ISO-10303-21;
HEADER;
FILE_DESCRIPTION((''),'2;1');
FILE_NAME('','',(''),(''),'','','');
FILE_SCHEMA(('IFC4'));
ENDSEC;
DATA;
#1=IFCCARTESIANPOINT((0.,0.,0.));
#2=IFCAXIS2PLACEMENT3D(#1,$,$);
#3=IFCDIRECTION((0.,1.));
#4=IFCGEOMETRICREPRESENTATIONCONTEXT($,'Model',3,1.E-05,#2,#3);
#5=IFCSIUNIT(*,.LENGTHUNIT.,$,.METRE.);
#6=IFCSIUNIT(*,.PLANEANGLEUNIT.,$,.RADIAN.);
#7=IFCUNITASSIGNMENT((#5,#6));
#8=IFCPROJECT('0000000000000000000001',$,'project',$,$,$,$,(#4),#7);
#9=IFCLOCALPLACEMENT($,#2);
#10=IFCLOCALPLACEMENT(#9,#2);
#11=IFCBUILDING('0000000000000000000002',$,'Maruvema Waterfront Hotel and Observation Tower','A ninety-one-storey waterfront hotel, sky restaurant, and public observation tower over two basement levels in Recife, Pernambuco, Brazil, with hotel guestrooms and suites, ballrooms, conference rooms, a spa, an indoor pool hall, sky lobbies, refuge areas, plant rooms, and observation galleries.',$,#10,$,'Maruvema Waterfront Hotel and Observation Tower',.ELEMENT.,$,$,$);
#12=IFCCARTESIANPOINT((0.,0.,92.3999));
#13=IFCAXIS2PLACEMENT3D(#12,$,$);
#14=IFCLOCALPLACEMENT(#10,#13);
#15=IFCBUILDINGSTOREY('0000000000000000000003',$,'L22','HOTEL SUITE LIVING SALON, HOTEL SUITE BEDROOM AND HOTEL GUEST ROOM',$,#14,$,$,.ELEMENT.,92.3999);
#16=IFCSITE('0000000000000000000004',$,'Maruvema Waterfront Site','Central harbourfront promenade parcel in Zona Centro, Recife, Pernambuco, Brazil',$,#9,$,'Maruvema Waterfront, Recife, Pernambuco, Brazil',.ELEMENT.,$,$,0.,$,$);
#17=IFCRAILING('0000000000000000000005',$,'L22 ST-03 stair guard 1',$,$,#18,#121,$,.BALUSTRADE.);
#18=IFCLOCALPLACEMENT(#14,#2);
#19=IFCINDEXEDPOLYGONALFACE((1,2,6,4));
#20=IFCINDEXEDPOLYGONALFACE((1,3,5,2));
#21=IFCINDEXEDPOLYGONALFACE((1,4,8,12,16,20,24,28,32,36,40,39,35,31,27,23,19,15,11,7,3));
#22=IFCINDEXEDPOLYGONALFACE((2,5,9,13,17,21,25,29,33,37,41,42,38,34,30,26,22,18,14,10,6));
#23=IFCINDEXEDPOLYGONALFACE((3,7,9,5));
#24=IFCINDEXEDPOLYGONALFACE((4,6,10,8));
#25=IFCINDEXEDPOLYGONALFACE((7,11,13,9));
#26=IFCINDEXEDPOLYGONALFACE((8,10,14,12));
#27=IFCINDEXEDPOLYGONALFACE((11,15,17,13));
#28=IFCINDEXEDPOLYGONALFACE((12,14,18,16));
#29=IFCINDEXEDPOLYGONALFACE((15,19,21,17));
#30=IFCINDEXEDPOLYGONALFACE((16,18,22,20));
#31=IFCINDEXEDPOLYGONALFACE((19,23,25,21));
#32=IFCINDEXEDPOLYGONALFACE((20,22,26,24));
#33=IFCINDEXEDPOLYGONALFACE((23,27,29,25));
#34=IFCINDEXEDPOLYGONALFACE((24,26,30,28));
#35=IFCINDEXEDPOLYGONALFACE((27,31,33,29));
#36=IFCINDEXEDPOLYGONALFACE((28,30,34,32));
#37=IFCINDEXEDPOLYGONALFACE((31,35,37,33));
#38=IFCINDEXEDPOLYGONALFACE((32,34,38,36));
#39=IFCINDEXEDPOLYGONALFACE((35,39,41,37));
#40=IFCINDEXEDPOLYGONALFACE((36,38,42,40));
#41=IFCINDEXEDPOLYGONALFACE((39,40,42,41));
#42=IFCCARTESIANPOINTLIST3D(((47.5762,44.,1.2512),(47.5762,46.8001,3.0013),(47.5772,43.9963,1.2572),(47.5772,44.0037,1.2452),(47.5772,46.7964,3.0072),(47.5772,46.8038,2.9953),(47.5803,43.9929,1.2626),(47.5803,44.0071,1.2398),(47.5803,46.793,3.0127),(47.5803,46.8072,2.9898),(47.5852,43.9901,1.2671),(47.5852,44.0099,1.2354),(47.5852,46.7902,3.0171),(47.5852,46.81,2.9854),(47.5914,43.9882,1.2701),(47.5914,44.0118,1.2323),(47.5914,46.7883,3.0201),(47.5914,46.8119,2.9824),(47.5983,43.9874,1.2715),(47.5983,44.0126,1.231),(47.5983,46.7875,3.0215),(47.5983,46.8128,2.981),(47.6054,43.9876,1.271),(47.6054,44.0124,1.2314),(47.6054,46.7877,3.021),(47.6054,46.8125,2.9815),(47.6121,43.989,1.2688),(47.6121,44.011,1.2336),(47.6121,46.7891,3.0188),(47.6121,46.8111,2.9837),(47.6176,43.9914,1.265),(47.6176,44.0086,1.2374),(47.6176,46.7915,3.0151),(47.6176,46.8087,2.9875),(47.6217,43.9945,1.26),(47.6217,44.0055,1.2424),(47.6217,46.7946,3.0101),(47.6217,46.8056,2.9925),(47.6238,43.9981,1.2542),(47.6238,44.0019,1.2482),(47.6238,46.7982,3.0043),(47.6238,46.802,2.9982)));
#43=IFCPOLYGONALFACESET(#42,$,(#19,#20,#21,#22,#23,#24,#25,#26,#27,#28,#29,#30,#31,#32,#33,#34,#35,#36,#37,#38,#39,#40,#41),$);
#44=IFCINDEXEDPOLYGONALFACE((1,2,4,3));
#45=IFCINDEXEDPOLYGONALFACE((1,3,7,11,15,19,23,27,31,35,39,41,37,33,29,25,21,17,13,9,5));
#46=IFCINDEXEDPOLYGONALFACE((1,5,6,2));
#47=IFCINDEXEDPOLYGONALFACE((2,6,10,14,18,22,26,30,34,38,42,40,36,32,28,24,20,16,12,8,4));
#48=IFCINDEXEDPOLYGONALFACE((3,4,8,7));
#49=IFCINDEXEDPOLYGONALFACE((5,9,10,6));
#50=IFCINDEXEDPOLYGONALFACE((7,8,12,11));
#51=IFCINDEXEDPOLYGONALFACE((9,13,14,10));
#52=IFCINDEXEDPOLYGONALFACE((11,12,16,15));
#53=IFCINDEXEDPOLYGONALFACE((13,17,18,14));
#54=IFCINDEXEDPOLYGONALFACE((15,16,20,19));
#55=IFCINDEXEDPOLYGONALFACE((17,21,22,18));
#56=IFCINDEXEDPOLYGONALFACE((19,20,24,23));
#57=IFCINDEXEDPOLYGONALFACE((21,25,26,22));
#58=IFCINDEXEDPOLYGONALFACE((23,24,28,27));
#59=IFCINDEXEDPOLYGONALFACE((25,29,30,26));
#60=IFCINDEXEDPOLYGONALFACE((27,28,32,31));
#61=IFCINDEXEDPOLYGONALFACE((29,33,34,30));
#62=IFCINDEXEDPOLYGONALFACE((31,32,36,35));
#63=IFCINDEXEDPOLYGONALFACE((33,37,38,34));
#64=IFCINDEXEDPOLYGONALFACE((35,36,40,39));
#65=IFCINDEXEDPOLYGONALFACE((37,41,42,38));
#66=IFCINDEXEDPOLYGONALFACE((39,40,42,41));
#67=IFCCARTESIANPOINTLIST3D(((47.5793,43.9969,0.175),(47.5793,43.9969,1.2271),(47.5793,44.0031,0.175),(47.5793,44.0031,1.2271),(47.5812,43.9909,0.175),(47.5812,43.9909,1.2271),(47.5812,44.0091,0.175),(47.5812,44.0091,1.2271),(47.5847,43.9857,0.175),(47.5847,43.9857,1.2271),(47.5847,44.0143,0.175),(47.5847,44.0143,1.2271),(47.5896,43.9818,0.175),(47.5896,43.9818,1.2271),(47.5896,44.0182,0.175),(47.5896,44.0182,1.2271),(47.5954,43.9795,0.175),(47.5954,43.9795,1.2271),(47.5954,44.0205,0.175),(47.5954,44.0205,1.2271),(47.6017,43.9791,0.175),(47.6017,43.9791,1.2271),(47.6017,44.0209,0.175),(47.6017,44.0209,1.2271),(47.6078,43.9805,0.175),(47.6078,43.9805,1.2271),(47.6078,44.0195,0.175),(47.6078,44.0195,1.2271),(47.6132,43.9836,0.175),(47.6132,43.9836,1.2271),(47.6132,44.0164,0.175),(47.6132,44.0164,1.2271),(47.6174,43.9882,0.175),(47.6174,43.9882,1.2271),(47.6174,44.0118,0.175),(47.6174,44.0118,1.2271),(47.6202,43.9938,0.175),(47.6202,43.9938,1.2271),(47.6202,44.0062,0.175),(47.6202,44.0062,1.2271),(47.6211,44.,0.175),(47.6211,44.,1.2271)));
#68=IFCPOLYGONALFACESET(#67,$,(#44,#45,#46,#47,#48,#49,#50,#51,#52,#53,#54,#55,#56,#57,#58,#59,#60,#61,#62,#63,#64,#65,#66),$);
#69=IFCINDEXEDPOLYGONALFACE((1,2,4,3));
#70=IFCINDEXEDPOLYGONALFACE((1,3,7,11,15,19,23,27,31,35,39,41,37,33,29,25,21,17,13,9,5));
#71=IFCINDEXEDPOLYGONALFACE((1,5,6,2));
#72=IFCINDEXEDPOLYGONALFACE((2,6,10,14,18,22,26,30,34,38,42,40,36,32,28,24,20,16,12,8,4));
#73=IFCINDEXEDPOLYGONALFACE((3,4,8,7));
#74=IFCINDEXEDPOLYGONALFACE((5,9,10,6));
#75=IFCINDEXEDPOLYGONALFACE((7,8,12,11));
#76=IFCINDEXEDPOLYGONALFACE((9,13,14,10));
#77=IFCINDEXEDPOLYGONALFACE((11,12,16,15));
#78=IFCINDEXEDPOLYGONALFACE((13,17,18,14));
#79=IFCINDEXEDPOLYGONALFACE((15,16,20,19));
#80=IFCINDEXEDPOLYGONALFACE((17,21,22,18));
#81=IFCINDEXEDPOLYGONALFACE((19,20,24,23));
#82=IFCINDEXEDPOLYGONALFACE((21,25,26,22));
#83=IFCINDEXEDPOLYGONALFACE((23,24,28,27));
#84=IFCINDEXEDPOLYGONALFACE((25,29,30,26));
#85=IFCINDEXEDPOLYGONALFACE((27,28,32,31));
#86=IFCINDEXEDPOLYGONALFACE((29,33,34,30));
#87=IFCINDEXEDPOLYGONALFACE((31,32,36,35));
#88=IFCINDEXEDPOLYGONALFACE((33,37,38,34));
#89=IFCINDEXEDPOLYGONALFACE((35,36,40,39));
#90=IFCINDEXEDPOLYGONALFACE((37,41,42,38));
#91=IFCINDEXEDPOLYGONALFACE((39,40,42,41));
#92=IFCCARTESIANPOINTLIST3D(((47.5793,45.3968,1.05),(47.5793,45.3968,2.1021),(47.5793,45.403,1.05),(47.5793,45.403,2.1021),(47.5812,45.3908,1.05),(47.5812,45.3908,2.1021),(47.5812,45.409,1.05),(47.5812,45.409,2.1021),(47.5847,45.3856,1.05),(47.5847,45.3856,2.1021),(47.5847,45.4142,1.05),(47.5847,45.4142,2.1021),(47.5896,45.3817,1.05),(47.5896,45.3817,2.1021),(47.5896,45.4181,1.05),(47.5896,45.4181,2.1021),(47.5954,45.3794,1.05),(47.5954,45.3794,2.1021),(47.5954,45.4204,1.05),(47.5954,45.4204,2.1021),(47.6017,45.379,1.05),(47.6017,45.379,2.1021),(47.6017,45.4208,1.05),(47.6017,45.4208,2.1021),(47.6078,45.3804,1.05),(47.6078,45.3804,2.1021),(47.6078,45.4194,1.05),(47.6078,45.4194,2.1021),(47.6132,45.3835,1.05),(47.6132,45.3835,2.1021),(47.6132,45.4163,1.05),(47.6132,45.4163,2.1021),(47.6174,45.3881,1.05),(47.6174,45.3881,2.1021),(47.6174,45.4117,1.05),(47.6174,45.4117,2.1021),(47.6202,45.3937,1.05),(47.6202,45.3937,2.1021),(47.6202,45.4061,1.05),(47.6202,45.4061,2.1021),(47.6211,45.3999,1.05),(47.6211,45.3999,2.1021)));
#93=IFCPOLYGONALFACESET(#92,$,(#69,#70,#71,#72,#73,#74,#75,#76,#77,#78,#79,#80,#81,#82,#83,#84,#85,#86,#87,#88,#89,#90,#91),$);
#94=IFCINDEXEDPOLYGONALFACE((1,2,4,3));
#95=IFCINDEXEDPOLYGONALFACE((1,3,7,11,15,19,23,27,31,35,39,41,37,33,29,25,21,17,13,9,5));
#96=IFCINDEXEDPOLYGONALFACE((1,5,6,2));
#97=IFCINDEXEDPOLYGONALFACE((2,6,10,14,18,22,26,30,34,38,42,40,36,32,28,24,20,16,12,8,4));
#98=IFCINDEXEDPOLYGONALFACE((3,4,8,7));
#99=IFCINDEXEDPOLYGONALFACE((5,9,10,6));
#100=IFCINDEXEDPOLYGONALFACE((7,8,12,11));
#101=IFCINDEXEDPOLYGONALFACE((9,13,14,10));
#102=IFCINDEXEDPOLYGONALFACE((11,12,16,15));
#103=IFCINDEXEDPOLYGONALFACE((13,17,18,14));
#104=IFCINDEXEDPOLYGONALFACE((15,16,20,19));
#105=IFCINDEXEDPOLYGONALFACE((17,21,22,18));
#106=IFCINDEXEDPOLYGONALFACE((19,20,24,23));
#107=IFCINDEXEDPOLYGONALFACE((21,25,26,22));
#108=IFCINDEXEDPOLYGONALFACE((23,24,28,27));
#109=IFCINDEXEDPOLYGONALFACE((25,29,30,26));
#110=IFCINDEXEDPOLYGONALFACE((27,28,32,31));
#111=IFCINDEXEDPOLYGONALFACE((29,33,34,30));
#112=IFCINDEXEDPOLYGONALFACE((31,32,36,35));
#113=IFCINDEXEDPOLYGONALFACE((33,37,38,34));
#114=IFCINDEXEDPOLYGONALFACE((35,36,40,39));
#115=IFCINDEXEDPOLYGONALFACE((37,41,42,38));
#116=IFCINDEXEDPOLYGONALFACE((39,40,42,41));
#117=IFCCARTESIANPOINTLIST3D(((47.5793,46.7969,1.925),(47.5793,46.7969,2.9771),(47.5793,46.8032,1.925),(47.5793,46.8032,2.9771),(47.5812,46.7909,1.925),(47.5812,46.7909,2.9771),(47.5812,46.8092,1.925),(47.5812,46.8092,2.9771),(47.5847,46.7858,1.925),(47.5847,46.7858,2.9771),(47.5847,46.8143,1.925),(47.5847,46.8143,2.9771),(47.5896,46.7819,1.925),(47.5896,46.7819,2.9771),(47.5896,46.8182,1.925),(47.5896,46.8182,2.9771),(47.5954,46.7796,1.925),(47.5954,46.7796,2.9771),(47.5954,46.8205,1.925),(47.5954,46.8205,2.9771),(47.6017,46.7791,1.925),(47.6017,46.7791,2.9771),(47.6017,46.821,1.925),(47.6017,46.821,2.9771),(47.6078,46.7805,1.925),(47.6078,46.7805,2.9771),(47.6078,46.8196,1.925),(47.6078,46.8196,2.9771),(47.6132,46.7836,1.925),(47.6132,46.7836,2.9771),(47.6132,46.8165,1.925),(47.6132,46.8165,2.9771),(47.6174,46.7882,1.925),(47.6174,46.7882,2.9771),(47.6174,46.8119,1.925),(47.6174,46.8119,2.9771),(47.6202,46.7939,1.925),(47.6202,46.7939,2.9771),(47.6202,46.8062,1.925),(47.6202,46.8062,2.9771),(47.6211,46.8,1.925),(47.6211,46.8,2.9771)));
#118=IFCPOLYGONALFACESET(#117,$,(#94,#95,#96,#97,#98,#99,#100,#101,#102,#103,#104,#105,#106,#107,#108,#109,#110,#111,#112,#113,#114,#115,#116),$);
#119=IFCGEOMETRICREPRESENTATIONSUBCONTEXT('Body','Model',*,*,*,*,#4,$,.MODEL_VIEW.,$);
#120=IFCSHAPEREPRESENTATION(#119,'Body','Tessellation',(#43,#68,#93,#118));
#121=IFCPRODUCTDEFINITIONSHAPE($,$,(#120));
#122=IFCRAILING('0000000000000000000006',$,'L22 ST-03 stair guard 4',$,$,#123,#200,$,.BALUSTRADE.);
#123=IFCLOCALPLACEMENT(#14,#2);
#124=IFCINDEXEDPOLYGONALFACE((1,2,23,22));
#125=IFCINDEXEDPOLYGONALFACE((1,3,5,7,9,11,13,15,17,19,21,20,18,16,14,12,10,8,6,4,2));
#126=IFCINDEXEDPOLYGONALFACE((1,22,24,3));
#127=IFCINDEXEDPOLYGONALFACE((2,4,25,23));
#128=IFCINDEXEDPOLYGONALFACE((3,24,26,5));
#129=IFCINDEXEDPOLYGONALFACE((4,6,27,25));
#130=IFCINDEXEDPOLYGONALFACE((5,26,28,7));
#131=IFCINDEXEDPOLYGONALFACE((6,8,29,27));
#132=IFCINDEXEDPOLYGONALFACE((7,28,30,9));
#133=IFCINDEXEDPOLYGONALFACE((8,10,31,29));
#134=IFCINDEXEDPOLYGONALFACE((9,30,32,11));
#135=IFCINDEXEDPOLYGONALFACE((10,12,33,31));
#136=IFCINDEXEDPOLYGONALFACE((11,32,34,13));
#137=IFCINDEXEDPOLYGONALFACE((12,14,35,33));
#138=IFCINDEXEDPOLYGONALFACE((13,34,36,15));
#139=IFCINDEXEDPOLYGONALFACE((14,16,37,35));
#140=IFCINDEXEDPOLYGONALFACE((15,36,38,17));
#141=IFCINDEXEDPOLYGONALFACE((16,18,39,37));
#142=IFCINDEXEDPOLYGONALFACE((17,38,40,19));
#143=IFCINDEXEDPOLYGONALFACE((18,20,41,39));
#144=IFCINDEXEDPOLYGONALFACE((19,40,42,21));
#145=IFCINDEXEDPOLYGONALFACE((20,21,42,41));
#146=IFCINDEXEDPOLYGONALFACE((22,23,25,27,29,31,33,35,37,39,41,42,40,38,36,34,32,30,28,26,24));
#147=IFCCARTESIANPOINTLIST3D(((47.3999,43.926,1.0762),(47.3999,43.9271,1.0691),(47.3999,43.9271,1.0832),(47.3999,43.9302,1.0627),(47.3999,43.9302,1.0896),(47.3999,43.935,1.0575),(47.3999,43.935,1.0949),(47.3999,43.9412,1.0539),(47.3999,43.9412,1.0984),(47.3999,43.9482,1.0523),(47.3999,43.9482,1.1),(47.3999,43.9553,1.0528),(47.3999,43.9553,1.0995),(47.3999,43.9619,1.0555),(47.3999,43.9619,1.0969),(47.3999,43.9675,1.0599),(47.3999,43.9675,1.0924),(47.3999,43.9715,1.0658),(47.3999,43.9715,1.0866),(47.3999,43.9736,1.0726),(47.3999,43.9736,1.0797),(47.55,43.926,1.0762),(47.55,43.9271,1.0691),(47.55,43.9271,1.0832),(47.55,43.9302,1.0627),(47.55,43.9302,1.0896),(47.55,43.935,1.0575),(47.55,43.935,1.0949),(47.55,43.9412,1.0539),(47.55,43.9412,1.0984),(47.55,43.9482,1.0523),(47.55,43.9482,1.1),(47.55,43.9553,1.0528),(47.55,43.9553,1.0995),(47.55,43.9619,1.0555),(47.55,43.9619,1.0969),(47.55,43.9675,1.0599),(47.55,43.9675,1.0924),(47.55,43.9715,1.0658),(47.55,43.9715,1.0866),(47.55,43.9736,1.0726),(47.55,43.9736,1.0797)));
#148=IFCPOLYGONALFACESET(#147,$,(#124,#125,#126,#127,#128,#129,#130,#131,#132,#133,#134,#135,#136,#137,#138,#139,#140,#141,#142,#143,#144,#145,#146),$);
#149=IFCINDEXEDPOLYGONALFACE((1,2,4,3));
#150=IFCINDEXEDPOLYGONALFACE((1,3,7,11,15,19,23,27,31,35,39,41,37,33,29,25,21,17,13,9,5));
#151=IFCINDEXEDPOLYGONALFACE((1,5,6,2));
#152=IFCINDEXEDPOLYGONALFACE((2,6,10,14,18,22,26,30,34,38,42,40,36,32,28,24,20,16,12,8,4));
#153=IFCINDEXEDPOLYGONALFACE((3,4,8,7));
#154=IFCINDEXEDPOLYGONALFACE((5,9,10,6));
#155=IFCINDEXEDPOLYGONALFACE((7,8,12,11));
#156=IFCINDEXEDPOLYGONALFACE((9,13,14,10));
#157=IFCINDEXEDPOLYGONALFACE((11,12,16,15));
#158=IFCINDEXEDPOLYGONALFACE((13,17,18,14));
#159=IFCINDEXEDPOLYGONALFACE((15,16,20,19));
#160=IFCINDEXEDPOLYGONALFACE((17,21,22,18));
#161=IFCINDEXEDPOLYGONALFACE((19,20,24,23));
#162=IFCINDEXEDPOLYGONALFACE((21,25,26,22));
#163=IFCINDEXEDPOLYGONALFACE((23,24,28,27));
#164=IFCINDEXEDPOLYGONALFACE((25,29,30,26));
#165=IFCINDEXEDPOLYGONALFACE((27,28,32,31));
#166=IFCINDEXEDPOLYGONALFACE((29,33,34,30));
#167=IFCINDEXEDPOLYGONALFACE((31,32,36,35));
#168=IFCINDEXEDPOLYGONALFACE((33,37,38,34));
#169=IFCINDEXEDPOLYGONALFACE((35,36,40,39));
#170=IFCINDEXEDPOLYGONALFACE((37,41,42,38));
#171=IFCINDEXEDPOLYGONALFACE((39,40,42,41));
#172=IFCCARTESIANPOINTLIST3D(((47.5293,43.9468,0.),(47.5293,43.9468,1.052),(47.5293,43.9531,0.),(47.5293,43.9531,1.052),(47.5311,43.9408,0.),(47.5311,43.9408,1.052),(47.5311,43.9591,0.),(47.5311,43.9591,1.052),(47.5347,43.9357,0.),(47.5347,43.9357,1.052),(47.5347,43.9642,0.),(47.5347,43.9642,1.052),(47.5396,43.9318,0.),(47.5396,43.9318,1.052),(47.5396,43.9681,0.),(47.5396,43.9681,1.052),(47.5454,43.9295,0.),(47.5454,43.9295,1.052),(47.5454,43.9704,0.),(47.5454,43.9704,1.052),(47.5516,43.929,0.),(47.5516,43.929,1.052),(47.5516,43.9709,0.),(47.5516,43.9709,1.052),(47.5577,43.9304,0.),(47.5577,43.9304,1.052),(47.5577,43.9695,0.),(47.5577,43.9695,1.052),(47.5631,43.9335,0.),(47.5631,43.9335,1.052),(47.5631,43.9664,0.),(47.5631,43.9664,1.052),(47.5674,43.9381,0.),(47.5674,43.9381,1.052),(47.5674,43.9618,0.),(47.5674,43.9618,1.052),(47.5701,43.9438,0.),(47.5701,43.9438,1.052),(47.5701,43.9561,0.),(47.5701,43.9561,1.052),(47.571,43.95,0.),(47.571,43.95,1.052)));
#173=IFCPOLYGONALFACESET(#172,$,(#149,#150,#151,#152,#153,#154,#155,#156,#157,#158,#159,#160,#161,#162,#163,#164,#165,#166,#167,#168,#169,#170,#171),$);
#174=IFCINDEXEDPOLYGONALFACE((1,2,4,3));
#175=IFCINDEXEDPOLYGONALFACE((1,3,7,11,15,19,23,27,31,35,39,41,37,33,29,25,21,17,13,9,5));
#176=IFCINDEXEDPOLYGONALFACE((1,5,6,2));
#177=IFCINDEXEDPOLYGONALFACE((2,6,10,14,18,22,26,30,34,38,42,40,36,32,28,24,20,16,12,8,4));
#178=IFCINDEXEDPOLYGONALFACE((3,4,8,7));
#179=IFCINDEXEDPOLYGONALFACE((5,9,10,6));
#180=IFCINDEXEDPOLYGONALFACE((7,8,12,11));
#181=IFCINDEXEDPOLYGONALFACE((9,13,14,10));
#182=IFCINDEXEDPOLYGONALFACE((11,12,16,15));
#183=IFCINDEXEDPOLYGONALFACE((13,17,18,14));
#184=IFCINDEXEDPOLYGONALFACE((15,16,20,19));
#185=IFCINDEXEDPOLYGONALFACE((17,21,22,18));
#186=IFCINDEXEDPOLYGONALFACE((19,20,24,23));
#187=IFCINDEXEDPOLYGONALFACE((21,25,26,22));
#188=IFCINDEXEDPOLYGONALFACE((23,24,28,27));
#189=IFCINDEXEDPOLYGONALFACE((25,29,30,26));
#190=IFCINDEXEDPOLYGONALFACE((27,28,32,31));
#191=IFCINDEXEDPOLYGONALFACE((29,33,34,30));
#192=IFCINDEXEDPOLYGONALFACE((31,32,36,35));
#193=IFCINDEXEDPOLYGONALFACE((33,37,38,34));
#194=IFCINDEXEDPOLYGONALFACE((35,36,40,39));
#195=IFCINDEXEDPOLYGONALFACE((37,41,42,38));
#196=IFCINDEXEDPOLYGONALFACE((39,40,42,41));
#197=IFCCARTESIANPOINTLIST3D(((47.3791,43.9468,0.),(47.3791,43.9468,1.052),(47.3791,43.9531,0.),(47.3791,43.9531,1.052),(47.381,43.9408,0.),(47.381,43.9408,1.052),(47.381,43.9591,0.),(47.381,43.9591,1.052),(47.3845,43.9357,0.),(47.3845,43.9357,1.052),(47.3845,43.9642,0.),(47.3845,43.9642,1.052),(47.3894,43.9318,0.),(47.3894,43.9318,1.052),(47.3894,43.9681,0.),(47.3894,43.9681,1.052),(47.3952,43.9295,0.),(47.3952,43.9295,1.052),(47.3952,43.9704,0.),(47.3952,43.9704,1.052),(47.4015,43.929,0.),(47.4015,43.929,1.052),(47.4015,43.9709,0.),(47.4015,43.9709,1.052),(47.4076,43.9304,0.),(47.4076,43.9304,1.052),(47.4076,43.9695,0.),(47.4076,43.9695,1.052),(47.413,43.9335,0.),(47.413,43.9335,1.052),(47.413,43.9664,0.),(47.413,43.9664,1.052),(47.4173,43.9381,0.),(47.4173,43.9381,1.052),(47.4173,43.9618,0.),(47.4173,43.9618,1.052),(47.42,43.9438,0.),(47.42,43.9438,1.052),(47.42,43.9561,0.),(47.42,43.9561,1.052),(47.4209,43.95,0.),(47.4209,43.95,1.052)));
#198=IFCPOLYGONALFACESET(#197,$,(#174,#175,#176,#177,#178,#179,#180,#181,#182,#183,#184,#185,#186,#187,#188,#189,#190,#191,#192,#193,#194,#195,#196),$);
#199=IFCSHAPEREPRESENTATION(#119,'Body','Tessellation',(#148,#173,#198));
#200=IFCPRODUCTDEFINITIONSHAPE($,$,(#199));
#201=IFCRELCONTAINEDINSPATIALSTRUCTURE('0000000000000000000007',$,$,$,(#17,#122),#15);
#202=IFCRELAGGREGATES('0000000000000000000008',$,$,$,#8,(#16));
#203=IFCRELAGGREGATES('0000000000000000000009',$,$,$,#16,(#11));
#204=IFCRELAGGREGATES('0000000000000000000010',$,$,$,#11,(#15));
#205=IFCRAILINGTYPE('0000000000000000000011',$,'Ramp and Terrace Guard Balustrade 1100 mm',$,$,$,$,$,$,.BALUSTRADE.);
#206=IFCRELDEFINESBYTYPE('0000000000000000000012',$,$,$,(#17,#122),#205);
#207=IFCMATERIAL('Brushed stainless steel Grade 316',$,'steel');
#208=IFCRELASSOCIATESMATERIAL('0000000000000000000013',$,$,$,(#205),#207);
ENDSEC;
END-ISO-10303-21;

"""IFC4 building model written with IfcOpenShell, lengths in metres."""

from ifc_helpers import new_model, si_unit, direction, frame, origin, origin_2d, place, context, subcontext, project, spatial, circle, extrude, material, type_object, element, save


model = new_model("IFC4")

# Units and contexts
model_context = context("Model", 3, precision=1e-05, world=origin(), true_north=direction((0.0, 1.0)))
body_context = subcontext(model_context, "Body", "Model", "MODEL_VIEW")
ifc_project = project(units=[si_unit("LENGTHUNIT", "METRE"), si_unit("PLANEANGLEUNIT", "RADIAN")], contexts=[model_context])

# Site, building, storey
site_placement = place(None, origin())
site = spatial("IfcSite", under=ifc_project, at=site_placement, Name="Maruvema Waterfront Site", Description="Central harbourfront promenade parcel in Zona Centro, Recife, Pernambuco, Brazil", LongName="Maruvema Waterfront, Recife, Pernambuco, Brazil", CompositionType="ELEMENT", RefElevation=0.0)
building_placement = place(site_placement, origin())
building = spatial("IfcBuilding", under=site, at=building_placement, Name="Maruvema Waterfront Hotel and Observation Tower", Description="A ninety-one-storey waterfront hotel, sky restaurant, and public observation tower over two basement levels in Recife, Pernambuco, Brazil, with hotel guestrooms and suites, ballrooms, conference rooms, a spa, an indoor pool hall, sky lobbies, refuge areas, plant rooms, and observation galleries.", LongName="Maruvema Waterfront Hotel and Observation Tower", CompositionType="ELEMENT")
storey_placement = place(building_placement, frame((0.0, 0.0, 92.3999)))
storey = spatial("IfcBuildingStorey", under=building, at=storey_placement, Name="L22", Description="HOTEL SUITE LIVING SALON, HOTEL SUITE BEDROOM AND HOTEL GUEST ROOM", CompositionType="ELEMENT", Elevation=92.3999)

# Railings
ifc_material_1 = material(Name="Brushed stainless steel Grade 316", Category="steel")
railing_type_1 = type_object("IfcRailingType", Name="Ramp and Terrace Guard Balustrade 1100 mm", PredefinedType="BALUSTRADE", material=ifc_material_1)
railing_1_placement = place(storey_placement, frame((47.6001, 44.0, 0.175)))
element("IfcRailing", 1, at=railing_1_placement, inside=storey, type_object=railing_type_1, Name="L22 ST-03 stair guard 1", PredefinedType="BALUSTRADE", context=body_context, shape_type="SweptSolid", body=[
    extrude(circle(Radius=0.0239, at=origin_2d()), frame((0.0, 0.0, 1.0762), z_axis=(0.0, 0.848002, 0.529992), x_axis=(-1.0, 0.0, 0.0)), (0.0, 0.0, 1.0), 3.302),
    extrude(circle(Radius=0.021, at=origin_2d()), origin(), (0.0, 0.0, 1.0), 1.052),
    extrude(circle(Radius=0.021, at=origin_2d()), frame((0.0, 1.3999, 0.875)), (0.0, 0.0, 1.0), 1.052),
    extrude(circle(Radius=0.021, at=origin_2d()), frame((0.0, 2.8, 1.75)), (0.0, 0.0, 1.0), 1.052),
])
railing_2_placement = place(storey_placement, frame((47.55, 43.95, 0.0)))
element("IfcRailing", 2, at=railing_2_placement, inside=storey, type_object=railing_type_1, Name="L22 ST-03 stair guard 4", PredefinedType="BALUSTRADE", context=body_context, shape_type="SweptSolid", body=[
    extrude(circle(Radius=0.0239, at=origin_2d()), frame((0.0, 0.0, 1.0762), z_axis=(-1.0, 0.0, 0.0), x_axis=(0.0, -1.0, 0.0)), (0.0, 0.0, 1.0), 0.1501),
    extrude(circle(Radius=0.021, at=origin_2d()), origin(), (0.0, 0.0, 1.0), 1.052),
    extrude(circle(Radius=0.021, at=origin_2d()), frame((-0.1501, 0.0, 0.0)), (0.0, 0.0, 1.0), 1.052),
])

save(model, "model.ifc")
